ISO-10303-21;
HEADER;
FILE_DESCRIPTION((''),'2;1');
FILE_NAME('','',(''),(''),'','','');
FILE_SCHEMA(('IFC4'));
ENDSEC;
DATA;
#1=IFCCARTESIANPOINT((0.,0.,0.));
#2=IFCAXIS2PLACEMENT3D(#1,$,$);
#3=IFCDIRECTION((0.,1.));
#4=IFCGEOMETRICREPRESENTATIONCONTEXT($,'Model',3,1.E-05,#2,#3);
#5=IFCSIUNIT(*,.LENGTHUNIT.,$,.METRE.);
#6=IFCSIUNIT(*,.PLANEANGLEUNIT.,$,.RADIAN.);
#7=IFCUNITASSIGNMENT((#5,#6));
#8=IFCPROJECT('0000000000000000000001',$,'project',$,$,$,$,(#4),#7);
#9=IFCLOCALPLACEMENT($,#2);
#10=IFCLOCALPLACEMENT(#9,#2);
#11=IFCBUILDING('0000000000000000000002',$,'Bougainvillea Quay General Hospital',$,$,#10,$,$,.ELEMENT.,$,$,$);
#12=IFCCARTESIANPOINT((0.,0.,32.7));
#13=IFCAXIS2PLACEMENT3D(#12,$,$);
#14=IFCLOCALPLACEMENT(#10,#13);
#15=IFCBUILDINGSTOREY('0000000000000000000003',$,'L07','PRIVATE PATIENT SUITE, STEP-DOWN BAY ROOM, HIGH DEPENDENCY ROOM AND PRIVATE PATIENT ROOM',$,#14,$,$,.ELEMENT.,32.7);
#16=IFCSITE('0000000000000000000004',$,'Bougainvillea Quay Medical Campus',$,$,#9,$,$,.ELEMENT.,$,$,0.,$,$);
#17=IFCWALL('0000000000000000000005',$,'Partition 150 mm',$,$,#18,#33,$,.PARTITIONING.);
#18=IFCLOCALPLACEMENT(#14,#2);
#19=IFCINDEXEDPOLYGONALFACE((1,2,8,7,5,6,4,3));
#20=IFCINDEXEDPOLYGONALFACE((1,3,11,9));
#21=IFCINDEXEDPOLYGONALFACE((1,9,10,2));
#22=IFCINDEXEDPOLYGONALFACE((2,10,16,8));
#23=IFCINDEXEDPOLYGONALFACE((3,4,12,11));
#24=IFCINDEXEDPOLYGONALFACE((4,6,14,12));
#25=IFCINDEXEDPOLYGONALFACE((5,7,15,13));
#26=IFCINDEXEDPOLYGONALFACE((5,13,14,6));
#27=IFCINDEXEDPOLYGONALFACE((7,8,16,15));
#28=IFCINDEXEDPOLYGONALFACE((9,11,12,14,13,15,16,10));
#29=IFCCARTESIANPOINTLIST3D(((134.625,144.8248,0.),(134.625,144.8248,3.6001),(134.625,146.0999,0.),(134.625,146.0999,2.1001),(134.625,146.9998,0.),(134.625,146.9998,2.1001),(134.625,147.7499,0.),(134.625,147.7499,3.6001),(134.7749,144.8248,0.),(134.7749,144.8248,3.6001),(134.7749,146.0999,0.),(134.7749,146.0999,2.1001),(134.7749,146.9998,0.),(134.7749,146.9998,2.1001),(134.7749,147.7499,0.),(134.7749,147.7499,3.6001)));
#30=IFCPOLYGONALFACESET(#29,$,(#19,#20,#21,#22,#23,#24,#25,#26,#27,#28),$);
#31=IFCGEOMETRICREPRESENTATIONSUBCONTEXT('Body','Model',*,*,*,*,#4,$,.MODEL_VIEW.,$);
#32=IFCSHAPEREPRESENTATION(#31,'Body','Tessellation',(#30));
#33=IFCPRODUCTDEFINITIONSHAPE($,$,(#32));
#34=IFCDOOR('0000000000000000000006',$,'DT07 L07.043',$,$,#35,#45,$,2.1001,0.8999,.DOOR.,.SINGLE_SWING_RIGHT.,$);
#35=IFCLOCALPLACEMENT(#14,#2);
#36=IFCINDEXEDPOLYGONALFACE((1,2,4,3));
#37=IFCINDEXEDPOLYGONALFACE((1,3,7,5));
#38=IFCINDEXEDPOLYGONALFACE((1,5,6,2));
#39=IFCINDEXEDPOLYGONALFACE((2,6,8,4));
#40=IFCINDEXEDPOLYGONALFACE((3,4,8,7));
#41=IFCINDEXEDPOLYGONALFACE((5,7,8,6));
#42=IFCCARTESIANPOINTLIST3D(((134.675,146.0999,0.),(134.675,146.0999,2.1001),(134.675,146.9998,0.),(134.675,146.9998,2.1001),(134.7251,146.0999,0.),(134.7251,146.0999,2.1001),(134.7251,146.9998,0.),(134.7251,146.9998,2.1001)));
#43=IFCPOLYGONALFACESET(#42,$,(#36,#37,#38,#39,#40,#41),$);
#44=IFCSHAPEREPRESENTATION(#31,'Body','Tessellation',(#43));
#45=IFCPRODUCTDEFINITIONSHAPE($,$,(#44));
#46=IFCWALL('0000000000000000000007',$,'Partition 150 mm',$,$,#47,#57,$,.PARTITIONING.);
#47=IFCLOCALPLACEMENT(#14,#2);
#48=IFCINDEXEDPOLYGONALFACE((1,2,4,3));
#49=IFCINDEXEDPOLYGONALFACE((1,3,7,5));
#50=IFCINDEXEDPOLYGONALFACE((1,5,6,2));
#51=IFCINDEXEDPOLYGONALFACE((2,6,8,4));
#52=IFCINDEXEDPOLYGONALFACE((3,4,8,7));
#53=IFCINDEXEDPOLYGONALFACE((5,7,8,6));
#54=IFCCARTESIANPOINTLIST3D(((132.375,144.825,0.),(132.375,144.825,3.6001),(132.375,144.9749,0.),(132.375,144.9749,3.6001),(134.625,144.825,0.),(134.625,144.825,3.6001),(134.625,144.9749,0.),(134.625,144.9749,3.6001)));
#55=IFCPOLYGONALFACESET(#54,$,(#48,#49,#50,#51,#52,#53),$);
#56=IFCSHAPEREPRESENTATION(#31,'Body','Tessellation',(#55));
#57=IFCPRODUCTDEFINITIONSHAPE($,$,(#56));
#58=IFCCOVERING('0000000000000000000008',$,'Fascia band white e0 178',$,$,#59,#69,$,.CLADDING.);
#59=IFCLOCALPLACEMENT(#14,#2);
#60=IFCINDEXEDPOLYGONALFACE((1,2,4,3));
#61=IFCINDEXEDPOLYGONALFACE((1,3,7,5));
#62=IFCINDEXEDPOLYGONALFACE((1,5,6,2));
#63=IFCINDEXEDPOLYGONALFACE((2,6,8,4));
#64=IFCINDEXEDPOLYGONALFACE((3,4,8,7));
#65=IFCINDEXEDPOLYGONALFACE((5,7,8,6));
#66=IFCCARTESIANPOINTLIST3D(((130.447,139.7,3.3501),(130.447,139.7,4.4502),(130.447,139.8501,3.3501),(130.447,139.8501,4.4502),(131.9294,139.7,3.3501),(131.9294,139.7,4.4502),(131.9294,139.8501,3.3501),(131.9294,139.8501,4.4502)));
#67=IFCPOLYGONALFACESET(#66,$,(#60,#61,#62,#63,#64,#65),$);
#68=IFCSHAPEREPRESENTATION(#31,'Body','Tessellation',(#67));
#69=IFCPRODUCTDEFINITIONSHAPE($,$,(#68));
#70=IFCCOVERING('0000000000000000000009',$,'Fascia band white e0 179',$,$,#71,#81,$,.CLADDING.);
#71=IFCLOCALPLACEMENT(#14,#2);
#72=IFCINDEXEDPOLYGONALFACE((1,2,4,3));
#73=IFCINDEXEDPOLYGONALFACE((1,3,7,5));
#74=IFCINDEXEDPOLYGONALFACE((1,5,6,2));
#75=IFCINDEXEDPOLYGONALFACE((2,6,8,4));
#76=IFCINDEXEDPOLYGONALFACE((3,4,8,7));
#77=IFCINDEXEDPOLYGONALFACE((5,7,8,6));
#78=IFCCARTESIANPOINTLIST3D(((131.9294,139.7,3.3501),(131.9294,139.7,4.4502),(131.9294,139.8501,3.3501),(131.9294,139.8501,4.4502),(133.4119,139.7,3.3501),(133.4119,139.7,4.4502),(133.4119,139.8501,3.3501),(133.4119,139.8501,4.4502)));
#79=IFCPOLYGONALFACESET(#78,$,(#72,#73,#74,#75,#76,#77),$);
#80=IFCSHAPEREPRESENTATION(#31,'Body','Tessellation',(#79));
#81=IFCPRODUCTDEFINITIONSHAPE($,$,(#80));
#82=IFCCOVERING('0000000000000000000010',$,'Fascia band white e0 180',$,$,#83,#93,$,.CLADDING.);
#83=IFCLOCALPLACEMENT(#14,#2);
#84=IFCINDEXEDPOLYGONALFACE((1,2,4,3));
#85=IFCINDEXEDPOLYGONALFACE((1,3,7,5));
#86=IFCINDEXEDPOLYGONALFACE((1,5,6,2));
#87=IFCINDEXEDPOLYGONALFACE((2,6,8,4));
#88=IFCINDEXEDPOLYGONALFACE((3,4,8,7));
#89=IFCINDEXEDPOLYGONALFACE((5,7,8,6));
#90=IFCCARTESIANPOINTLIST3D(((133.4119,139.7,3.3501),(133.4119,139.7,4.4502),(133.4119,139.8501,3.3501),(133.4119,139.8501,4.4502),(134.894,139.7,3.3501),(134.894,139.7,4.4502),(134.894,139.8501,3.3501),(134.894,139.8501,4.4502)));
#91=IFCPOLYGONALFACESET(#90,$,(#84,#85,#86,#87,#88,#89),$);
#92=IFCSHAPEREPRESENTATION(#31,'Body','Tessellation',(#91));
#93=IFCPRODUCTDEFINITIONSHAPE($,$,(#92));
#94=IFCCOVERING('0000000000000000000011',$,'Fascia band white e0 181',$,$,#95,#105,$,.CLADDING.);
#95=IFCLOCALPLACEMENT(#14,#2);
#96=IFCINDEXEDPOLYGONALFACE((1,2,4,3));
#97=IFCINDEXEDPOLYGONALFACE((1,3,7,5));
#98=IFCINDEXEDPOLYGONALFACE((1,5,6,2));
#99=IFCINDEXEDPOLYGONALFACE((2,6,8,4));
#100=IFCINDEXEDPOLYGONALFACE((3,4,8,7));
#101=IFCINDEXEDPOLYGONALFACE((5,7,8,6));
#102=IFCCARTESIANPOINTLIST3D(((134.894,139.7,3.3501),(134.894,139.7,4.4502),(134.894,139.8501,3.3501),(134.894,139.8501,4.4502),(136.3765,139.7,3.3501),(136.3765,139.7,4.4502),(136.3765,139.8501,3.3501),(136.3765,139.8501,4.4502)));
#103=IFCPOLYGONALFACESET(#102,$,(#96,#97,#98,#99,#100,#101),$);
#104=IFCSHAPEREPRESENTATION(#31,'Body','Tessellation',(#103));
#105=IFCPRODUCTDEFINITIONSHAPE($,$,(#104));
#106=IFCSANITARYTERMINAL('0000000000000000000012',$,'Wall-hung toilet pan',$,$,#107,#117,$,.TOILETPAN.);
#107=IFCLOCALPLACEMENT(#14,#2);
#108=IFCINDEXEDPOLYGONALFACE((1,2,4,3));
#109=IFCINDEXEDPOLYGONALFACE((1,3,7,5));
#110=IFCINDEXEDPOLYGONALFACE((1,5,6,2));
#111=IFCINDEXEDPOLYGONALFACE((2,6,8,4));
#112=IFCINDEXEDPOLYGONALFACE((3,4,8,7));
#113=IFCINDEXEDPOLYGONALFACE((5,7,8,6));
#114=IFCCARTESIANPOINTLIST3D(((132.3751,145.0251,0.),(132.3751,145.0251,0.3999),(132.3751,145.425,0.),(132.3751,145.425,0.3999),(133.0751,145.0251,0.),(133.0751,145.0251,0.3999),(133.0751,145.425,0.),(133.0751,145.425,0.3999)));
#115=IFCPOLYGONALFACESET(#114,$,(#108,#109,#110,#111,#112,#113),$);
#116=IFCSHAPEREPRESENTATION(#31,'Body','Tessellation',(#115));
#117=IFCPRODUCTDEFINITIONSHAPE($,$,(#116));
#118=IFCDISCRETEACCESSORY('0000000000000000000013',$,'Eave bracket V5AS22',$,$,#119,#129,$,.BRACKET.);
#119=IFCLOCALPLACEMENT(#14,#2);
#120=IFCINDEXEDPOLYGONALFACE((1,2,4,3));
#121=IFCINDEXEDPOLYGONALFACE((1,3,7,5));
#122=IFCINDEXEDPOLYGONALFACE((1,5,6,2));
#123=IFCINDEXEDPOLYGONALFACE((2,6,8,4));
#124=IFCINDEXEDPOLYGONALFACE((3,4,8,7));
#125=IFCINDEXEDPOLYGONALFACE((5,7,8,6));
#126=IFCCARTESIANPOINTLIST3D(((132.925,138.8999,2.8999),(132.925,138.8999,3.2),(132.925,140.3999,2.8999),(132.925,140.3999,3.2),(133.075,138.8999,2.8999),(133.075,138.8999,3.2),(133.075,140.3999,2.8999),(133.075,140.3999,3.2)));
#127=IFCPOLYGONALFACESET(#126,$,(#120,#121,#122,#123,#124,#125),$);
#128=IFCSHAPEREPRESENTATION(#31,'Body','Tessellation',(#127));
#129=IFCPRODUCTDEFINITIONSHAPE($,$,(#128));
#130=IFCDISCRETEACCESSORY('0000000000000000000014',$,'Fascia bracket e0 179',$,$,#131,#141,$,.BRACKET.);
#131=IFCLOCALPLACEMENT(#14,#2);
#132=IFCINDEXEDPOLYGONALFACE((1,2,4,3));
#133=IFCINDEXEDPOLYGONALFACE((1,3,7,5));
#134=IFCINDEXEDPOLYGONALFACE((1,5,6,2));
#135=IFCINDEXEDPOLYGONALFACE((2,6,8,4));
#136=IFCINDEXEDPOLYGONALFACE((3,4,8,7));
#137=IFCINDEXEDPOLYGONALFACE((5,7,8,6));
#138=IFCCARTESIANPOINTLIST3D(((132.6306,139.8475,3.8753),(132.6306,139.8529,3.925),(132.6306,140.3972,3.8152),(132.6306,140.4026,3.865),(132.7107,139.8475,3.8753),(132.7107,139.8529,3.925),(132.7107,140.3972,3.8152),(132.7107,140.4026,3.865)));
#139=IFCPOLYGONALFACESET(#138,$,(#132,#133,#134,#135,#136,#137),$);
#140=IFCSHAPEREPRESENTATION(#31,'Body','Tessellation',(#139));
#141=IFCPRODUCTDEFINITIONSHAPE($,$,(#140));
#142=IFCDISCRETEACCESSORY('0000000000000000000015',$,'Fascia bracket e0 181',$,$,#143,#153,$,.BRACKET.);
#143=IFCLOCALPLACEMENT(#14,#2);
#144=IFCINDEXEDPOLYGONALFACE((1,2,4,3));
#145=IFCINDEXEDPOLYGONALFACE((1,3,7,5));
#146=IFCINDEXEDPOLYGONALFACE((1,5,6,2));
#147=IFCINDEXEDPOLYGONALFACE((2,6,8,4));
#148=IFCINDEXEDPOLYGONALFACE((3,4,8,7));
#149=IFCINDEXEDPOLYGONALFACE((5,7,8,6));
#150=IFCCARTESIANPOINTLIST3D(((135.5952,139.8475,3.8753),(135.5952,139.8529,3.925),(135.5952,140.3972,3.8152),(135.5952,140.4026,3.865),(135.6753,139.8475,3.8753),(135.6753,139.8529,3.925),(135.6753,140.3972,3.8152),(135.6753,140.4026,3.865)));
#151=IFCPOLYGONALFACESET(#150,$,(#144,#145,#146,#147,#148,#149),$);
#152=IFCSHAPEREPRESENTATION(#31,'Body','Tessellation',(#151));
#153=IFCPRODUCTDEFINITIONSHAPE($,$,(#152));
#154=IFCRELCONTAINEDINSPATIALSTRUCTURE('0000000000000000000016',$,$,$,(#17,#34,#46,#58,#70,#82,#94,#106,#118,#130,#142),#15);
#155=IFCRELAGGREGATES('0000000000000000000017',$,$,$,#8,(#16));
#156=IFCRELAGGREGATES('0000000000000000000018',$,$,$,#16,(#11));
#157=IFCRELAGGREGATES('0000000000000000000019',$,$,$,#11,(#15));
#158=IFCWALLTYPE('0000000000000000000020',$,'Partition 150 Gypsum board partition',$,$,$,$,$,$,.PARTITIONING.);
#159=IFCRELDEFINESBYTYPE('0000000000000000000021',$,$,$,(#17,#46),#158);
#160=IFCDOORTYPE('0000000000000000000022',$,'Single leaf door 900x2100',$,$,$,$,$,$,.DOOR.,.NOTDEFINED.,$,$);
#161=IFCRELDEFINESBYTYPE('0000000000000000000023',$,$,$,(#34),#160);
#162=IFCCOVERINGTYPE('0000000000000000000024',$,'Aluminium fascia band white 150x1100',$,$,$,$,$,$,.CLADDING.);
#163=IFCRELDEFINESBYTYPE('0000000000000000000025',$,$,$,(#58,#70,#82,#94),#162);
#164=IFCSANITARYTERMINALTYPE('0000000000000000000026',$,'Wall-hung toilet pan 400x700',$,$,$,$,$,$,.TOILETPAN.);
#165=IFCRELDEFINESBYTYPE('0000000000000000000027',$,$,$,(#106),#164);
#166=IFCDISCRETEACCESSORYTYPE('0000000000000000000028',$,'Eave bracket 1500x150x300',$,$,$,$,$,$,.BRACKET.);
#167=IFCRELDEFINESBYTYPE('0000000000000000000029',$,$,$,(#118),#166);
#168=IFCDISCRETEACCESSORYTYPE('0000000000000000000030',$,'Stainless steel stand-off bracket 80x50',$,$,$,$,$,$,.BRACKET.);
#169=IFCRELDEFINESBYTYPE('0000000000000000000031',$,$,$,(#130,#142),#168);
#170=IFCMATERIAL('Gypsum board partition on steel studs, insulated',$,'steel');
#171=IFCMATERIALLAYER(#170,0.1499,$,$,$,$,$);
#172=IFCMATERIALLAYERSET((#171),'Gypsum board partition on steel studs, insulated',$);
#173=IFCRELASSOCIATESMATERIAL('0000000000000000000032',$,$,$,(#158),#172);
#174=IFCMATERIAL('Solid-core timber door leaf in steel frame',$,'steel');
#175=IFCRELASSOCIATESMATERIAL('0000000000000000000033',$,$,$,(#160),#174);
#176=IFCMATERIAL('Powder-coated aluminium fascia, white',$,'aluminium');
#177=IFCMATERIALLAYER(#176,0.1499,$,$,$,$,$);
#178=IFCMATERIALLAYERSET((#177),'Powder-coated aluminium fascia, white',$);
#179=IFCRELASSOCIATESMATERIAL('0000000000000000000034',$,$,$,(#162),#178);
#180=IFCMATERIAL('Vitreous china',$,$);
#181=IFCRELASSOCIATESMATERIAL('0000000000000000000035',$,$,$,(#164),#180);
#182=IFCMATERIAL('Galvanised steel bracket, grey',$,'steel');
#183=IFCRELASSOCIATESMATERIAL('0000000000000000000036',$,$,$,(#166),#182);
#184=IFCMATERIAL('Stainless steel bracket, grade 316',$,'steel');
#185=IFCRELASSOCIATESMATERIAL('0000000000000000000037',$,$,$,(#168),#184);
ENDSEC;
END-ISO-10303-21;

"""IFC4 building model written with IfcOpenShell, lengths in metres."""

from ifc_helpers import new_model, si_unit, direction, frame, frame_2d, origin, origin_2d, place, context, subcontext, project, spatial, polyline, rectangle, outline, extrude, material, layer, layer_set, material_profile, profile_set, type_object, element, fill, save


model = new_model("IFC4")

# Units and contexts
model_context = context("Model", 3, precision=1e-05, world=origin(), true_north=direction((0.0, 1.0)))
body_context = subcontext(model_context, "Body", "Model", "MODEL_VIEW")
ifc_project = project(units=[si_unit("LENGTHUNIT", "METRE"), si_unit("PLANEANGLEUNIT", "RADIAN")], contexts=[model_context])

# Site, building, storey
site_placement = place(None, origin())
site = spatial("IfcSite", under=ifc_project, at=site_placement, Name="Bougainvillea Quay Medical Campus", CompositionType="ELEMENT", RefElevation=0.0)
building_placement = place(site_placement, origin())
building = spatial("IfcBuilding", under=site, at=building_placement, Name="Bougainvillea Quay General Hospital", CompositionType="ELEMENT")
storey_placement = place(building_placement, frame((0.0, 0.0, 32.7)))
storey = spatial("IfcBuildingStorey", under=building, at=storey_placement, Name="L07", Description="PRIVATE PATIENT SUITE, STEP-DOWN BAY ROOM, HIGH DEPENDENCY ROOM AND PRIVATE PATIENT ROOM", CompositionType="ELEMENT", Elevation=32.7)

# Shared definitions
ifc_material_1 = material(Name="Gypsum board partition on steel studs, insulated", Category="steel")
ifc_layer_1 = layer(ifc_material_1, 0.1499)
ifc_layer_set_1 = layer_set([ifc_layer_1], Name="Gypsum board partition on steel studs, insulated")
wall_type = type_object("IfcWallType", Name="Partition 150 Gypsum board partition", PredefinedType="PARTITIONING", material=ifc_layer_set_1)

# Wall, opening, door
wall_1_placement = place(storey_placement, frame((134.7, 144.825, 0.0), z_axis=(0.0, 0.0, 1.0), x_axis=(0.0, 1.0, 0.0)))
wall_1 = element("IfcWall", 1, at=wall_1_placement, inside=storey, type_object=wall_type, Name="Partition 150 mm", PredefinedType="PARTITIONING", context=body_context, shape_type="SweptSolid", body=[
    extrude(rectangle(XDim=2.925, YDim=0.1499, at=frame_2d((1.4624, 0.0))), origin(), (0.0, 0.0, 1.0), 3.6001),
])
opening_placement = place(wall_1_placement, frame((1.2749, 0.0, 0.0)))
opening = element("IfcOpeningElement", 2, at=opening_placement, cuts=wall_1, PredefinedType="OPENING", context=body_context, shape_type="SweptSolid", body=[
    extrude(rectangle(XDim=0.8999, YDim=2.1001, at=frame_2d((0.45, 1.05))), frame((0.0, 0.085, 0.0), z_axis=(0.0, -1.0, 0.0), x_axis=(1.0, 0.0, 0.0)), (0.0, 0.0, 1.0), 0.1699),
])
ifc_material_2 = material(Name="Solid-core timber door leaf in steel frame", Category="steel")
door_type = type_object("IfcDoorType", Name="Single leaf door 900x2100", OperationType="NOTDEFINED", PredefinedType="DOOR", material=ifc_material_2)
door_placement = place(opening_placement, origin())
door = element("IfcDoor", 3, at=door_placement, inside=storey, type_object=door_type, Name="DT07 L07.043", OperationType="SINGLE_SWING_RIGHT", OverallHeight=2.1001, OverallWidth=0.8999, PredefinedType="DOOR", context=body_context, shape_type="SweptSolid", body=[
    extrude(rectangle(XDim=0.8999, YDim=2.1001, at=frame_2d((0.45, 1.05))), frame((0.0, 0.0249, 0.0), z_axis=(0.0, -1.0, 0.0), x_axis=(1.0, 0.0, 0.0)), (0.0, 0.0, 1.0), 0.05),
])
fill(opening, door)

# Wall
wall_2_placement = place(storey_placement, frame((132.375, 144.8999, 0.0), z_axis=(0.0, 0.0, 1.0), x_axis=(1.0, 0.0, 0.0)))
element("IfcWall", 4, at=wall_2_placement, inside=storey, type_object=wall_type, Name="Partition 150 mm", PredefinedType="PARTITIONING", context=body_context, shape_type="SweptSolid", body=[
    extrude(rectangle(XDim=2.25, YDim=0.1499, at=frame_2d((1.125, 0.0))), origin(), (0.0, 0.0, 1.0), 3.6001),
])

# Coverings
ifc_material_3 = material(Name="Powder-coated aluminium fascia, white", Category="aluminium")
ifc_layer_2 = layer(ifc_material_3, 0.1499)
ifc_layer_set_2 = layer_set([ifc_layer_2], Name="Powder-coated aluminium fascia, white")
covering_type = type_object("IfcCoveringType", Name="Aluminium fascia band white 150x1100", PredefinedType="CLADDING", material=ifc_layer_set_2)
for number, where, z_axis, x_axis, name in (
    (5, (130.447, 139.8501, 3.3501), (0.0, 0.0, 1.0), (1.0, 0.0, 0.0), "Fascia band white e0 178"),
    (6, (131.9294, 139.8501, 3.3501), (0.0, 0.0, 1.0), (1.0, 0.0, 0.0), "Fascia band white e0 179"),
):
    element("IfcCovering", number, at=place(storey_placement, frame(where, z_axis=z_axis, x_axis=x_axis)), inside=storey, type_object=covering_type, Name=name, PredefinedType="CLADDING", context=body_context, shape_type="SweptSolid", body=[
        extrude(outline(polyline([(0.0, 0.0), (1.4824, 0.0), (1.4824, -0.1501), (0.0, -0.1501), (0.0, 0.0)])), origin(), (0.0, 0.0, 1.0), 1.1001),
    ])
covering_1_placement = place(storey_placement, frame((133.4119, 139.8501, 3.3501), z_axis=(0.0, 0.0, 1.0), x_axis=(1.0, 0.0, 0.0)))
element("IfcCovering", 7, at=covering_1_placement, inside=storey, type_object=covering_type, Name="Fascia band white e0 180", PredefinedType="CLADDING", context=body_context, shape_type="SweptSolid", body=[
    extrude(outline(polyline([(0.0, 0.0), (1.4822, 0.0), (1.4822, -0.1501), (0.0, -0.1501), (0.0, 0.0)])), origin(), (0.0, 0.0, 1.0), 1.1001),
])
covering_2_placement = place(storey_placement, frame((134.894, 139.8501, 3.3501), z_axis=(0.0, 0.0, 1.0), x_axis=(1.0, 0.0, 0.0)))
element("IfcCovering", 8, at=covering_2_placement, inside=storey, type_object=covering_type, Name="Fascia band white e0 181", PredefinedType="CLADDING", context=body_context, shape_type="SweptSolid", body=[
    extrude(outline(polyline([(0.0, 0.0), (1.4824, 0.0), (1.4824, -0.1501), (0.0, -0.1501), (0.0, 0.0)])), origin(), (0.0, 0.0, 1.0), 1.1001),
])

# Sanitary terminal
ifc_material_4 = material(Name="Vitreous china")
sanitary_terminal_type = type_object("IfcSanitaryTerminalType", Name="Wall-hung toilet pan 400x700", PredefinedType="TOILETPAN", material=ifc_material_4)
sanitary_terminal_placement = place(storey_placement, frame((132.7251, 145.2251, 0.0), z_axis=(0.0, 0.0, 1.0), x_axis=(0.0, 1.0, 0.0)))
element("IfcSanitaryTerminal", 9, at=sanitary_terminal_placement, inside=storey, type_object=sanitary_terminal_type, Name="Wall-hung toilet pan", PredefinedType="TOILETPAN", context=body_context, shape_type="SweptSolid", body=[
    extrude(rectangle(XDim=0.3999, YDim=0.7, at=origin_2d()), origin(), (0.0, 0.0, 1.0), 0.3999),
])

# Discrete accessories
ifc_material_5 = material(Name="Galvanised steel bracket, grey", Category="steel")
discrete_accessory_type_1 = type_object("IfcDiscreteAccessoryType", Name="Eave bracket 1500x150x300", PredefinedType="BRACKET", material=ifc_material_5)
discrete_accessory_placement = place(storey_placement, frame((133.0, 139.6499, 2.8999), z_axis=(0.0, 0.0, 1.0), x_axis=(1.0, 0.0, 0.0)))
element("IfcDiscreteAccessory", 10, at=discrete_accessory_placement, inside=storey, type_object=discrete_accessory_type_1, Name="Eave bracket V5AS22", PredefinedType="BRACKET", context=body_context, shape_type="SweptSolid", body=[
    extrude(rectangle(XDim=0.1499, YDim=1.5, at=origin_2d()), origin(), (0.0, 0.0, 1.0), 0.3),
])
ifc_material_6 = material(Name="Stainless steel bracket, grade 316", Category="steel")
ifc_material_profile_1 = material_profile(ifc_material_6, rectangle(XDim=0.0801, YDim=0.05, at=origin_2d()))
ifc_profile_set_1 = profile_set([ifc_material_profile_1], Name="Stainless steel bracket, grade 316")
discrete_accessory_type_2 = type_object("IfcDiscreteAccessoryType", Name="Stainless steel stand-off bracket 80x50", PredefinedType="BRACKET", material=ifc_profile_set_1)
for number, where, z_axis, x_axis, name in (
    (11, (132.6707, 140.3999, 3.8401), (0.0, -0.994087, 0.10859), (1.0, 0.0, 0.0), "Fascia bracket e0 179"),
    (12, (135.6353, 140.3999, 3.8401), (0.0, -0.994087, 0.10859), (1.0, 0.0, 0.0), "Fascia bracket e0 181"),
):
    element("IfcDiscreteAccessory", number, at=place(storey_placement, frame(where, z_axis=z_axis, x_axis=x_axis)), inside=storey, type_object=discrete_accessory_type_2, Name=name, PredefinedType="BRACKET", context=body_context, shape_type="SweptSolid", body=[
        extrude(rectangle(XDim=0.0801, YDim=0.05, at=origin_2d()), origin(), (0.0, 0.0, 1.0), 0.553),
    ])

save(model, "model.ifc")
